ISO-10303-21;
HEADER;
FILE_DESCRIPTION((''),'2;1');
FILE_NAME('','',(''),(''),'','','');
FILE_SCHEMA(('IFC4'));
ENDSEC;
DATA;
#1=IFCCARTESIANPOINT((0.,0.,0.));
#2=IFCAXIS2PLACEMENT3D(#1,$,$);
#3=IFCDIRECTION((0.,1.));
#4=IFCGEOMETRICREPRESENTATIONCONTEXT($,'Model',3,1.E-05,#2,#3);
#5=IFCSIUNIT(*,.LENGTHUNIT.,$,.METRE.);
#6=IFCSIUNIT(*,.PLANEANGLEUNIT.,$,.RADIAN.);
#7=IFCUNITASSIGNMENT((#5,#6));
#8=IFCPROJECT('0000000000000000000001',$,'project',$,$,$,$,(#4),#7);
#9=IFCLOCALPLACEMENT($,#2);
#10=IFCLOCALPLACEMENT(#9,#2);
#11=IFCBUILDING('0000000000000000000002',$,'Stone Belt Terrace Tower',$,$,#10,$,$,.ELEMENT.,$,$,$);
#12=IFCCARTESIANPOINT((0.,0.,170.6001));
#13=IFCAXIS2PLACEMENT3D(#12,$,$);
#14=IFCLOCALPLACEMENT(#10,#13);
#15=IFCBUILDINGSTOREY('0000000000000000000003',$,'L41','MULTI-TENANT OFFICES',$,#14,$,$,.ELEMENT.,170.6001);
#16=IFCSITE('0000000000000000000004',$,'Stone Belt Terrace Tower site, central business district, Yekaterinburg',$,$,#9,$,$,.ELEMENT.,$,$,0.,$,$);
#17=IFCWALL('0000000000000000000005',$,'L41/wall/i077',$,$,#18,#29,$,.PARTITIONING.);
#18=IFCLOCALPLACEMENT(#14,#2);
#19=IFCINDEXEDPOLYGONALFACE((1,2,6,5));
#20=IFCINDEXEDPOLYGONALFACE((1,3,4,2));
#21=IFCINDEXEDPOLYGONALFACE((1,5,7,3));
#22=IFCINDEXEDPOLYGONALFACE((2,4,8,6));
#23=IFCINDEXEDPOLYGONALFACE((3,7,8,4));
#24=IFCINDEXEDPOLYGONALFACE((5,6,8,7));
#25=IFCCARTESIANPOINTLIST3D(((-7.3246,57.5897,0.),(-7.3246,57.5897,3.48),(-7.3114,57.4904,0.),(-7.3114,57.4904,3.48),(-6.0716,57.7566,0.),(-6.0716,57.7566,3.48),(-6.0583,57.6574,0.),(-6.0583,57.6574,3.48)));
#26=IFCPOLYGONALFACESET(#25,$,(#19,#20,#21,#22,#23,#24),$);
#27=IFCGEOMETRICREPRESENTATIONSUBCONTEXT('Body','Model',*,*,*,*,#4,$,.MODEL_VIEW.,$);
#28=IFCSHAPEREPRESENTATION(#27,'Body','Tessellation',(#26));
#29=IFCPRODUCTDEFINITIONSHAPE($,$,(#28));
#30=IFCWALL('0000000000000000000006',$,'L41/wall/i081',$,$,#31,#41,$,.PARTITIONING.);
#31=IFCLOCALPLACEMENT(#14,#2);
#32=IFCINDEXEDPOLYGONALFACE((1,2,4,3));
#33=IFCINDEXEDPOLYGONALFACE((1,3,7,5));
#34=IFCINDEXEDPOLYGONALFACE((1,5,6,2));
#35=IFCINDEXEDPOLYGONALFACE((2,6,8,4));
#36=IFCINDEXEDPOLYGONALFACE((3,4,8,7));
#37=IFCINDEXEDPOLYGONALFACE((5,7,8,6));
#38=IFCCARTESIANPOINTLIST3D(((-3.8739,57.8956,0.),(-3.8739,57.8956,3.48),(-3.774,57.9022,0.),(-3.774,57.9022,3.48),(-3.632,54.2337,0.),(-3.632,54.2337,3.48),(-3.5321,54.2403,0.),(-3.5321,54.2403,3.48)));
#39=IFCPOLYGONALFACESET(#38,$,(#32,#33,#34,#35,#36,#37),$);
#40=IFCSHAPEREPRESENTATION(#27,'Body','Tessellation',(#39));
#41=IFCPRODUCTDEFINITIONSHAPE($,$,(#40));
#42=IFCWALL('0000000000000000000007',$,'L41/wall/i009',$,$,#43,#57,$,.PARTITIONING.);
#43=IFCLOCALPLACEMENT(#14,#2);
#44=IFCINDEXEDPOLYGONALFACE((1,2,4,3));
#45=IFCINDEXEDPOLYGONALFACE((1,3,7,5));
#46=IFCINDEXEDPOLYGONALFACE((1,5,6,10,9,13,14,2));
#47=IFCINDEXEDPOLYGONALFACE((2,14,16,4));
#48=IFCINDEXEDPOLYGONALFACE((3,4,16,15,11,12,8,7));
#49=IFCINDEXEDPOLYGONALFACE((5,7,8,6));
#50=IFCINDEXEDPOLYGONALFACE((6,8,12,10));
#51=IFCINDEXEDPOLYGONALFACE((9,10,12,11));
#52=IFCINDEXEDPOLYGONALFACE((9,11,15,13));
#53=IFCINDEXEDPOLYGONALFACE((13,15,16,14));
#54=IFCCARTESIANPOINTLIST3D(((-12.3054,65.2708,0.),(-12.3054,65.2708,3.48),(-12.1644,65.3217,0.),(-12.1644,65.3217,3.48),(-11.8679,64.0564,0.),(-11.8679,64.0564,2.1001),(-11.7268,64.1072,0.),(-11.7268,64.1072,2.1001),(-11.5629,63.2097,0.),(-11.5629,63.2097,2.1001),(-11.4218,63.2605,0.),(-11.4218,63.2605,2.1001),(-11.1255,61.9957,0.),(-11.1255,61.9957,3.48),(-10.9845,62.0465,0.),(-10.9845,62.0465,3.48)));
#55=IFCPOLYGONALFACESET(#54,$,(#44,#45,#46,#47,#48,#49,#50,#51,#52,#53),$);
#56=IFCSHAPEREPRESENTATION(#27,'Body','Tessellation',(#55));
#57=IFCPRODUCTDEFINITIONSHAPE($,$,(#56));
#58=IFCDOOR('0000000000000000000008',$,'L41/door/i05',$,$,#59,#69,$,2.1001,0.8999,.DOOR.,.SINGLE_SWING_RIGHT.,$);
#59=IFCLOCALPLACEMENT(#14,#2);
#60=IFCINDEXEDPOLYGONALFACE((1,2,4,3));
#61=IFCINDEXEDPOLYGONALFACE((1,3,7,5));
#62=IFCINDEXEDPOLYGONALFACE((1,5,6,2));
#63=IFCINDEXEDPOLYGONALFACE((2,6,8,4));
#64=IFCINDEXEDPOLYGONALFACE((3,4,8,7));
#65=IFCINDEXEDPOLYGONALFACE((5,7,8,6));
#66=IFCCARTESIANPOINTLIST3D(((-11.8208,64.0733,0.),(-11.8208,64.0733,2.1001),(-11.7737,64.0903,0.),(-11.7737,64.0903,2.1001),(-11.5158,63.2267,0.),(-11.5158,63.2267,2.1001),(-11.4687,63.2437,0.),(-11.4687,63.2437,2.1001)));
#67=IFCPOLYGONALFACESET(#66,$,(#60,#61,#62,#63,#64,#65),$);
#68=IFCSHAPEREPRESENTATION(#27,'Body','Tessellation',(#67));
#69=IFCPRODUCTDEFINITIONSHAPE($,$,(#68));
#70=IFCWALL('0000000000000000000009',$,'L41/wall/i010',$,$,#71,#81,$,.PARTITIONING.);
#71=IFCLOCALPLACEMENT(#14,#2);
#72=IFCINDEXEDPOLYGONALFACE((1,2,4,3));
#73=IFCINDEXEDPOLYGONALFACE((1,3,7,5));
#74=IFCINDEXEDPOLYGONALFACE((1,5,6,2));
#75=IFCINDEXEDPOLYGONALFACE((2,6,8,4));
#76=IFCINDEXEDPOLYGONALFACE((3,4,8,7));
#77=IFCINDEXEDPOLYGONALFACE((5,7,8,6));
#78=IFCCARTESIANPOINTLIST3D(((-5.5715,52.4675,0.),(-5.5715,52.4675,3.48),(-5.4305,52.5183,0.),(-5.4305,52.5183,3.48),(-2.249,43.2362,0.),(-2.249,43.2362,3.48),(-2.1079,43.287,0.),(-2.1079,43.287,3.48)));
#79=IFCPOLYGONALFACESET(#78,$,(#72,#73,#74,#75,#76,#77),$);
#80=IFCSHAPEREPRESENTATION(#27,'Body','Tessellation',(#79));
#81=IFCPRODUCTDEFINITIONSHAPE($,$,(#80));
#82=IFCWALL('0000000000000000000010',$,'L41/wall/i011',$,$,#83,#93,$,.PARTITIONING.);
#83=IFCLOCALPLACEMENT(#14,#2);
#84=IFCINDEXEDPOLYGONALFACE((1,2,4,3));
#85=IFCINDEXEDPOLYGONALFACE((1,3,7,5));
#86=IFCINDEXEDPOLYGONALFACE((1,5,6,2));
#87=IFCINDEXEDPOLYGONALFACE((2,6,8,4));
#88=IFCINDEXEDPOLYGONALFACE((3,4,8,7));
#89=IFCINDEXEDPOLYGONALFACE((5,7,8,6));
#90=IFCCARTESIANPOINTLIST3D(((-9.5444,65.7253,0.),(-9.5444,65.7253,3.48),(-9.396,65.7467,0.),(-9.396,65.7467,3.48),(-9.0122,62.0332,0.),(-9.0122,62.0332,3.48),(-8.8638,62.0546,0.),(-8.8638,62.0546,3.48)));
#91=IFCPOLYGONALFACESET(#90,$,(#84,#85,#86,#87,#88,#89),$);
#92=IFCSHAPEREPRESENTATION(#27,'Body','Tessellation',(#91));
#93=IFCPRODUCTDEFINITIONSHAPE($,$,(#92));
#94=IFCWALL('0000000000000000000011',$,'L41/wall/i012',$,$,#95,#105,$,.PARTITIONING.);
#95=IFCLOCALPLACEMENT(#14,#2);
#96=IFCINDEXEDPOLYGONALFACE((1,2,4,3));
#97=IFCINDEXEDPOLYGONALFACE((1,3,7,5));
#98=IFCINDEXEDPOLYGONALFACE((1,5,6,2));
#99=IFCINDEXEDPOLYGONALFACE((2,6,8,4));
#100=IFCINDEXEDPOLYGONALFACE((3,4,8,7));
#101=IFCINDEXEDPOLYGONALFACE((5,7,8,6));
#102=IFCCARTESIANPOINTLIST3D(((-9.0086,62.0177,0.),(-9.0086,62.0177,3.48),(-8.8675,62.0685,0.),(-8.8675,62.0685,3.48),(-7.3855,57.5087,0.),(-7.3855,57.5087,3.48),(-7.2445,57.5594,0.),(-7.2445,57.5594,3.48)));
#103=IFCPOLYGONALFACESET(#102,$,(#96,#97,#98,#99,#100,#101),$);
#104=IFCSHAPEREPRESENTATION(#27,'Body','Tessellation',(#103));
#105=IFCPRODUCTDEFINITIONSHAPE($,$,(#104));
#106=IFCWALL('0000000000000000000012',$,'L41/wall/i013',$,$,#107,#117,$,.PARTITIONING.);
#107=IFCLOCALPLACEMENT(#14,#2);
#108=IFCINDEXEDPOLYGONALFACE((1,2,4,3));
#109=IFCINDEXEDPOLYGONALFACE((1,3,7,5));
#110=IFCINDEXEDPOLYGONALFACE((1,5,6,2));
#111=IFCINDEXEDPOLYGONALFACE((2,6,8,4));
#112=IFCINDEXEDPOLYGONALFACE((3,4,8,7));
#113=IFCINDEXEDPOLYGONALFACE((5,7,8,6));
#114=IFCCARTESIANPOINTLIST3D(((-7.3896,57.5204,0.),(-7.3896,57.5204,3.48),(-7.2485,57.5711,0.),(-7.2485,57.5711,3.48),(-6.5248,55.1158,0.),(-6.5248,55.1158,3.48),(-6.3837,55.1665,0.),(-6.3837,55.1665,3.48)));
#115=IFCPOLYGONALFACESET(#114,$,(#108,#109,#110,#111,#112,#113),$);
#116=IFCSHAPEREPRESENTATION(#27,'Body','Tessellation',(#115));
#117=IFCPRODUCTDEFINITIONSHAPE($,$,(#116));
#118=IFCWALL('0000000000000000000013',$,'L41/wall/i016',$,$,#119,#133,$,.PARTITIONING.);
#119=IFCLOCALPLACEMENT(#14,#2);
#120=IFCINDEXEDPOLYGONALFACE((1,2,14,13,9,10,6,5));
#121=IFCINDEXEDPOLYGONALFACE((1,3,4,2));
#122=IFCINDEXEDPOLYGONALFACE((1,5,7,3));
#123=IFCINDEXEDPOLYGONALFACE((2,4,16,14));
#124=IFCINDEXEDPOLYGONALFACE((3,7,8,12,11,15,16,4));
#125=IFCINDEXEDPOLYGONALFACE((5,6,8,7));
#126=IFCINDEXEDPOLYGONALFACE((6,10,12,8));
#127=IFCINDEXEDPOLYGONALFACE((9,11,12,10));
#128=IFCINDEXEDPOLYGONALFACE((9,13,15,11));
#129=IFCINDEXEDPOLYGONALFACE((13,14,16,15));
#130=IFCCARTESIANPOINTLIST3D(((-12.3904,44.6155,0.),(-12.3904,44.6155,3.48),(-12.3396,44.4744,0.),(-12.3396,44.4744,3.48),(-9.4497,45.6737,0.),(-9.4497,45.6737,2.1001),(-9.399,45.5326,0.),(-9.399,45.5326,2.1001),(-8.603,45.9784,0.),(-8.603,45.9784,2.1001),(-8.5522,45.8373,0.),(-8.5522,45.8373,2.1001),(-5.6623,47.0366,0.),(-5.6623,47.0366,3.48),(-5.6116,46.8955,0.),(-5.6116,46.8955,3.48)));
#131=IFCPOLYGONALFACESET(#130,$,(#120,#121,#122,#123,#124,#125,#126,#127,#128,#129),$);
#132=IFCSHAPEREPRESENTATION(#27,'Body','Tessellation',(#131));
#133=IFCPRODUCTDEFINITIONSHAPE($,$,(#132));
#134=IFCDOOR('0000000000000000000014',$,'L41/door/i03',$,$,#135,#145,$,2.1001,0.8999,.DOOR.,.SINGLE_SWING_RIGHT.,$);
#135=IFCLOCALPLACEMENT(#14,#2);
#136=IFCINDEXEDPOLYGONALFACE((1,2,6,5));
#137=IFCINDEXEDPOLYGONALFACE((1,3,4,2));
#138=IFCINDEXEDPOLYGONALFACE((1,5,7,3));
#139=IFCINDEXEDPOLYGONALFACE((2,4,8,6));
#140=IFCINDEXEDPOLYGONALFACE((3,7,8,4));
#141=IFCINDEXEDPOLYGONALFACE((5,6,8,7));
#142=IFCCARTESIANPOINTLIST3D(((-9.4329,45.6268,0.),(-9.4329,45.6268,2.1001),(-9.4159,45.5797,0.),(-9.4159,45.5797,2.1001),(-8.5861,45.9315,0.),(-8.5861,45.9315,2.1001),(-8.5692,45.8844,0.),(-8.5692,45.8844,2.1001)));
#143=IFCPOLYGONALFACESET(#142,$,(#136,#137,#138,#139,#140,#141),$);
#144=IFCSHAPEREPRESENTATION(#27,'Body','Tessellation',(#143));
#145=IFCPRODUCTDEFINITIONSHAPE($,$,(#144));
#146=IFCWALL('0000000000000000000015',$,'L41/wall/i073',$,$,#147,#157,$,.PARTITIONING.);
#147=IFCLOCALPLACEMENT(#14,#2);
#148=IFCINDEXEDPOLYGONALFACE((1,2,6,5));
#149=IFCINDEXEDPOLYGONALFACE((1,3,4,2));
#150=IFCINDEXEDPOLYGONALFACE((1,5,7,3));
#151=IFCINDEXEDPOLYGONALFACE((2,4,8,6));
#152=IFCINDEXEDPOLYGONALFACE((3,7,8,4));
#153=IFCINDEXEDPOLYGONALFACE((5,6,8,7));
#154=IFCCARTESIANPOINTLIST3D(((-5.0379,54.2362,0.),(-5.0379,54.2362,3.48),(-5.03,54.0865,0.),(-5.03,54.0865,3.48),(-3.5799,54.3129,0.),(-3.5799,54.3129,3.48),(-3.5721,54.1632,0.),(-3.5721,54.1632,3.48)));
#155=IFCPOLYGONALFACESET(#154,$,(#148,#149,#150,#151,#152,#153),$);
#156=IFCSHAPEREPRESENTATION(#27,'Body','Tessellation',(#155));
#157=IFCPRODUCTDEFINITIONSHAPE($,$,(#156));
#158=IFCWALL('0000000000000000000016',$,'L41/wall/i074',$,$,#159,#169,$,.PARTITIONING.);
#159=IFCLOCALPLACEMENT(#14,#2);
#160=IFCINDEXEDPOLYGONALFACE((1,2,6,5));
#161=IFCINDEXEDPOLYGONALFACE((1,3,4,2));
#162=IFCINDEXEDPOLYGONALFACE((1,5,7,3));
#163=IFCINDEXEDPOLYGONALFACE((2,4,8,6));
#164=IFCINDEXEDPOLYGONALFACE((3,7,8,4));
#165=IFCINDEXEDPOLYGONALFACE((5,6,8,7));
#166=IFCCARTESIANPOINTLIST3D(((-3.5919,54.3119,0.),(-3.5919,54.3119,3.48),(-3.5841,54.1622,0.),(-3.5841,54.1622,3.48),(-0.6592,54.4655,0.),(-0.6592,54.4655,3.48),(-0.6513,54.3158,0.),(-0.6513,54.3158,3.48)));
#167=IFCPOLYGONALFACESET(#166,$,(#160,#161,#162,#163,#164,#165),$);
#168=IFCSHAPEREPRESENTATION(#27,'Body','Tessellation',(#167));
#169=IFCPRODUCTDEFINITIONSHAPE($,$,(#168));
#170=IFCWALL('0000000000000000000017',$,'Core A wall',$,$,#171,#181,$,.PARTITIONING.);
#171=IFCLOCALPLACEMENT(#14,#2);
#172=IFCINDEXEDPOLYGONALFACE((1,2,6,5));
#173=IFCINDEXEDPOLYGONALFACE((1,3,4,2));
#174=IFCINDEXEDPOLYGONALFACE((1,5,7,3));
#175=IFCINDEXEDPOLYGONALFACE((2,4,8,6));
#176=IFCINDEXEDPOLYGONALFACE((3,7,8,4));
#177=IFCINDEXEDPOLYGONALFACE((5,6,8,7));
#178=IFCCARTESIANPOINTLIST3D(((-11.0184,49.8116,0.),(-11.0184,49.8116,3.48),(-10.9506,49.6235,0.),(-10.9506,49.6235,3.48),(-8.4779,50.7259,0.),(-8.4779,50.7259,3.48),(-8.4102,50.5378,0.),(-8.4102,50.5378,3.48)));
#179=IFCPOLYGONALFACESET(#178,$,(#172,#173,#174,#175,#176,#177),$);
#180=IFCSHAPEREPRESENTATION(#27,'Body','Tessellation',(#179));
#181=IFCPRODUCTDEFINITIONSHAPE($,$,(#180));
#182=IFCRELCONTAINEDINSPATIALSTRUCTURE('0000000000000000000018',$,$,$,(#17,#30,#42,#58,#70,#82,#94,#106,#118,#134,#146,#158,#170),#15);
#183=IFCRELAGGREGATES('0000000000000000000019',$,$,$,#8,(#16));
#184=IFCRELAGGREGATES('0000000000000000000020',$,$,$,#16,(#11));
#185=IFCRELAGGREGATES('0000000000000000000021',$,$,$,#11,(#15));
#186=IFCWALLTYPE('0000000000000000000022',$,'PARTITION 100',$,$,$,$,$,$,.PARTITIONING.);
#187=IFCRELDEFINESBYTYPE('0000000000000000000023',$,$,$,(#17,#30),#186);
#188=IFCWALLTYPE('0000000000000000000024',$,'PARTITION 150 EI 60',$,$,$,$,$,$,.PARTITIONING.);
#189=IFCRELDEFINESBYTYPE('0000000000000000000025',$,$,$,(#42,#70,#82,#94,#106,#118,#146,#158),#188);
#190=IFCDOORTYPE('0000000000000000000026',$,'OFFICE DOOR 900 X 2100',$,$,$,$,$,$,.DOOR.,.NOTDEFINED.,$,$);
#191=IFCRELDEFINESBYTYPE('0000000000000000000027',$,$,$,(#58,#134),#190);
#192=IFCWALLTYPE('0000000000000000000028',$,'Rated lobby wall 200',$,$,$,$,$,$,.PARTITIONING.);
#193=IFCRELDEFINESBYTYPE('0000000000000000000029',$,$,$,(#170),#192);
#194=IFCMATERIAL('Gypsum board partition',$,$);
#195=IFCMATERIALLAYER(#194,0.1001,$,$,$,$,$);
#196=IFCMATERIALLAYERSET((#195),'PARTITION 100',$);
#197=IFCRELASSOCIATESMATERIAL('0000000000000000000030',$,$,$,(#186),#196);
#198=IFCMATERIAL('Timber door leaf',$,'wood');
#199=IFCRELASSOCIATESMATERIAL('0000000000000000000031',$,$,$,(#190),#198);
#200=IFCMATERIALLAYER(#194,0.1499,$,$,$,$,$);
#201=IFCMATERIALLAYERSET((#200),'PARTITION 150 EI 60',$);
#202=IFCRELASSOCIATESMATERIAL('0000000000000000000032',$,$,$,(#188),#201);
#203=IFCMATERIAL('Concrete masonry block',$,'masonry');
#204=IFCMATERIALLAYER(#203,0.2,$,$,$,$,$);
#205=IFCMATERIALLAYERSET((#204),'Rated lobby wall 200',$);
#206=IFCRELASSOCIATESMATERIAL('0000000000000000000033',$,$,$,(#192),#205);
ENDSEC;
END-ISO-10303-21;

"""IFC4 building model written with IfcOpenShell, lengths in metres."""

from ifc_helpers import new_model, si_unit, direction, frame, frame_2d, origin, place, context, subcontext, project, spatial, rectangle, extrude, material, layer, layer_set, type_object, element, fill, save


model = new_model("IFC4")

# Units and contexts
model_context = context("Model", 3, precision=1e-05, world=origin(), true_north=direction((0.0, 1.0)))
body_context = subcontext(model_context, "Body", "Model", "MODEL_VIEW")
ifc_project = project(units=[si_unit("LENGTHUNIT", "METRE"), si_unit("PLANEANGLEUNIT", "RADIAN")], contexts=[model_context])

# Site, building, storey
site_placement = place(None, origin())
site = spatial("IfcSite", under=ifc_project, at=site_placement, Name="Stone Belt Terrace Tower site, central business district, Yekaterinburg", CompositionType="ELEMENT", RefElevation=0.0)
building_placement = place(site_placement, origin())
building = spatial("IfcBuilding", under=site, at=building_placement, Name="Stone Belt Terrace Tower", CompositionType="ELEMENT")
storey_placement = place(building_placement, frame((0.0, 0.0, 170.6001)))
storey = spatial("IfcBuildingStorey", under=building, at=storey_placement, Name="L41", Description="MULTI-TENANT OFFICES", CompositionType="ELEMENT", Elevation=170.6001)

# Shared definitions
ifc_material_1 = material(Name="Timber door leaf", Category="wood")

# Shared definitions
ifc_material_2 = material(Name="Gypsum board partition")
ifc_layer_1 = layer(ifc_material_2, 0.1001)
ifc_layer_set_1 = layer_set([ifc_layer_1], Name="PARTITION 100")
wall_type_1 = type_object("IfcWallType", Name="PARTITION 100", PredefinedType="PARTITIONING", material=ifc_layer_set_1)
door_type_1 = type_object("IfcDoorType", Name="OFFICE DOOR 900 X 2100", OperationType="NOTDEFINED", PredefinedType="DOOR", material=ifc_material_1)

# Walls
wall_1_placement = place(storey_placement, frame((-6.0649, 57.707, 0.0), z_axis=(0.0, 0.0, 1.0), x_axis=(-0.991238, -0.132088, 0.0)))
element("IfcWall", 1, at=wall_1_placement, inside=storey, type_object=wall_type_1, Name="L41/wall/i077", PredefinedType="PARTITIONING", context=body_context, shape_type="SweptSolid", body=[
    extrude(rectangle(XDim=1.2642, YDim=0.1001, at=frame_2d((0.6321, 0.0))), origin(), (0.0, 0.0, 1.0), 3.48),
])
wall_2_placement = place(storey_placement, frame((-3.824, 57.8989, 0.0), z_axis=(0.0, 0.0, 1.0), x_axis=(0.065927, -0.997824, 0.0)))
element("IfcWall", 2, at=wall_2_placement, inside=storey, type_object=wall_type_1, Name="L41/wall/i081", PredefinedType="PARTITIONING", context=body_context, shape_type="SweptSolid", body=[
    extrude(rectangle(XDim=3.6699, YDim=0.1001, at=frame_2d((1.835, 0.0))), origin(), (0.0, 0.0, 1.0), 3.48),
])

# Wall, opening, door
ifc_layer_2 = layer(ifc_material_2, 0.1499)
ifc_layer_set_2 = layer_set([ifc_layer_2], Name="PARTITION 150 EI 60")
wall_type_2 = type_object("IfcWallType", Name="PARTITION 150 EI 60", PredefinedType="PARTITIONING", material=ifc_layer_set_2)
wall_3_placement = place(storey_placement, frame((-11.0549, 62.021, 0.0), z_axis=(0.0, 0.0, 1.0), x_axis=(-0.338943, 0.940807, 0.0)))
wall_3 = element("IfcWall", 3, at=wall_3_placement, inside=storey, type_object=wall_type_2, Name="L41/wall/i009", PredefinedType="PARTITIONING", context=body_context, shape_type="SweptSolid", body=[
    extrude(rectangle(XDim=3.4812, YDim=0.1499, at=frame_2d((1.7407, 0.0))), origin(), (0.0, 0.0, 1.0), 3.48),
])
opening_1_placement = place(wall_3_placement, frame((1.2905, 0.0, 0.0)))
opening_1 = element("IfcOpeningElement", 4, at=opening_1_placement, cuts=wall_3, PredefinedType="OPENING", context=body_context, shape_type="SweptSolid", body=[
    extrude(rectangle(XDim=0.8999, YDim=2.1001, at=frame_2d((0.45, 1.05))), frame((0.0, 0.085, 0.0), z_axis=(0.0, -1.0, 0.0), x_axis=(1.0, 0.0, 0.0)), (0.0, 0.0, 1.0), 0.1699),
])
door_1_placement = place(opening_1_placement, origin())
door_1 = element("IfcDoor", 5, at=door_1_placement, inside=storey, type_object=door_type_1, Name="L41/door/i05", OperationType="SINGLE_SWING_RIGHT", OverallHeight=2.1001, OverallWidth=0.8999, PredefinedType="DOOR", context=body_context, shape_type="SweptSolid", body=[
    extrude(rectangle(XDim=0.8999, YDim=2.1001, at=frame_2d((0.45, 1.05))), frame((0.0, 0.0249, 0.0), z_axis=(0.0, -1.0, 0.0), x_axis=(1.0, 0.0, 0.0)), (0.0, 0.0, 1.0), 0.05),
])
fill(opening_1, door_1)

# Walls
wall_4_placement = place(storey_placement, frame((-5.501, 52.4929, 0.0), z_axis=(0.0, 0.0, 1.0), x_axis=(0.338654, -0.940911, 0.0)))
element("IfcWall", 6, at=wall_4_placement, inside=storey, type_object=wall_type_2, Name="L41/wall/i010", PredefinedType="PARTITIONING", context=body_context, shape_type="SweptSolid", body=[
    extrude(rectangle(XDim=9.811, YDim=0.1499, at=frame_2d((4.9055, 0.0))), origin(), (0.0, 0.0, 1.0), 3.48),
])
wall_5_placement = place(storey_placement, frame((-9.4702, 65.7361, 0.0), z_axis=(0.0, 0.0, 1.0), x_axis=(0.142677, -0.989769, 0.0)))
element("IfcWall", 7, at=wall_5_placement, inside=storey, type_object=wall_type_2, Name="L41/wall/i011", PredefinedType="PARTITIONING", context=body_context, shape_type="SweptSolid", body=[
    extrude(rectangle(XDim=3.7302, YDim=0.1499, at=frame_2d((1.8652, 0.0))), origin(), (0.0, 0.0, 1.0), 3.48),
])
wall_6_placement = place(storey_placement, frame((-8.938, 62.043, 0.0), z_axis=(0.0, 0.0, 1.0), x_axis=(0.338682, -0.940901, 0.0)))
element("IfcWall", 8, at=wall_6_placement, inside=storey, type_object=wall_type_2, Name="L41/wall/i012", PredefinedType="PARTITIONING", context=body_context, shape_type="SweptSolid", body=[
    extrude(rectangle(XDim=4.7922, YDim=0.1499, at=frame_2d((2.396, 0.0))), origin(), (0.0, 0.0, 1.0), 3.48),
])
wall_7_placement = place(storey_placement, frame((-7.3191, 57.5459, 0.0), z_axis=(0.0, 0.0, 1.0), x_axis=(0.338412, -0.940998, 0.0)))
element("IfcWall", 9, at=wall_7_placement, inside=storey, type_object=wall_type_2, Name="L41/wall/i013", PredefinedType="PARTITIONING", context=body_context, shape_type="SweptSolid", body=[
    extrude(rectangle(XDim=2.5554, YDim=0.1499, at=frame_2d((1.2778, 0.0))), origin(), (0.0, 0.0, 1.0), 3.48),
])

# Wall, opening, door
wall_8_placement = place(storey_placement, frame((-5.637, 46.9661, 0.0), z_axis=(0.0, 0.0, 1.0), x_axis=(-0.94093, -0.338602, 0.0)))
wall_8 = element("IfcWall", 10, at=wall_8_placement, inside=storey, type_object=wall_type_2, Name="L41/wall/i016", PredefinedType="PARTITIONING", context=body_context, shape_type="SweptSolid", body=[
    extrude(rectangle(XDim=7.1504, YDim=0.1499, at=frame_2d((3.5752, 0.0))), origin(), (0.0, 0.0, 1.0), 3.48),
])
opening_2_placement = place(wall_8_placement, frame((3.1252, 0.0, 0.0)))
opening_2 = element("IfcOpeningElement", 11, at=opening_2_placement, cuts=wall_8, PredefinedType="OPENING", context=body_context, shape_type="SweptSolid", body=[
    extrude(rectangle(XDim=0.8999, YDim=2.1001, at=frame_2d((0.45, 1.05))), frame((0.0, 0.085, 0.0), z_axis=(0.0, -1.0, 0.0), x_axis=(1.0, 0.0, 0.0)), (0.0, 0.0, 1.0), 0.1699),
])
door_2_placement = place(opening_2_placement, origin())
door_2 = element("IfcDoor", 12, at=door_2_placement, inside=storey, type_object=door_type_1, Name="L41/door/i03", OperationType="SINGLE_SWING_RIGHT", OverallHeight=2.1001, OverallWidth=0.8999, PredefinedType="DOOR", context=body_context, shape_type="SweptSolid", body=[
    extrude(rectangle(XDim=0.8999, YDim=2.1001, at=frame_2d((0.45, 1.05))), frame((0.0, 0.0249, 0.0), z_axis=(0.0, -1.0, 0.0), x_axis=(1.0, 0.0, 0.0)), (0.0, 0.0, 1.0), 0.05),
])
fill(opening_2, door_2)

# Walls
wall_9_placement = place(storey_placement, frame((-5.0339, 54.1614, 0.0), z_axis=(0.0, 0.0, 1.0), x_axis=(0.998621, 0.052506, 0.0)))
element("IfcWall", 13, at=wall_9_placement, inside=storey, type_object=wall_type_2, Name="L41/wall/i073", PredefinedType="PARTITIONING", context=body_context, shape_type="SweptSolid", body=[
    extrude(rectangle(XDim=1.46, YDim=0.1499, at=frame_2d((0.73, 0.0))), origin(), (0.0, 0.0, 1.0), 3.48),
])
wall_10_placement = place(storey_placement, frame((-3.5879, 54.2371, 0.0), z_axis=(0.0, 0.0, 1.0), x_axis=(0.998632, 0.052288, 0.0)))
element("IfcWall", 14, at=wall_10_placement, inside=storey, type_object=wall_type_2, Name="L41/wall/i074", PredefinedType="PARTITIONING", context=body_context, shape_type="SweptSolid", body=[
    extrude(rectangle(XDim=2.9368, YDim=0.1499, at=frame_2d((1.4683, 0.0))), origin(), (0.0, 0.0, 1.0), 3.48),
])
ifc_material_3 = material(Name="Concrete masonry block", Category="masonry")
ifc_layer_3 = layer(ifc_material_3, 0.2)
ifc_layer_set_3 = layer_set([ifc_layer_3], Name="Rated lobby wall 200")
wall_type_3 = type_object("IfcWallType", Name="Rated lobby wall 200", PredefinedType="PARTITIONING", material=ifc_layer_set_3)
wall_11_placement = place(storey_placement, frame((-10.9846, 49.7175, 0.0), z_axis=(0.0, 0.0, 1.0), x_axis=(0.940921, 0.338627, 0.0)))
element("IfcWall", 15, at=wall_11_placement, inside=storey, type_object=wall_type_3, Name="Core A wall", PredefinedType="PARTITIONING", context=body_context, shape_type="SweptSolid", body=[
    extrude(rectangle(XDim=2.7, YDim=0.2, at=frame_2d((1.3501, 0.0))), origin(), (0.0, 0.0, 1.0), 3.48),
])

save(model, "model.ifc")
